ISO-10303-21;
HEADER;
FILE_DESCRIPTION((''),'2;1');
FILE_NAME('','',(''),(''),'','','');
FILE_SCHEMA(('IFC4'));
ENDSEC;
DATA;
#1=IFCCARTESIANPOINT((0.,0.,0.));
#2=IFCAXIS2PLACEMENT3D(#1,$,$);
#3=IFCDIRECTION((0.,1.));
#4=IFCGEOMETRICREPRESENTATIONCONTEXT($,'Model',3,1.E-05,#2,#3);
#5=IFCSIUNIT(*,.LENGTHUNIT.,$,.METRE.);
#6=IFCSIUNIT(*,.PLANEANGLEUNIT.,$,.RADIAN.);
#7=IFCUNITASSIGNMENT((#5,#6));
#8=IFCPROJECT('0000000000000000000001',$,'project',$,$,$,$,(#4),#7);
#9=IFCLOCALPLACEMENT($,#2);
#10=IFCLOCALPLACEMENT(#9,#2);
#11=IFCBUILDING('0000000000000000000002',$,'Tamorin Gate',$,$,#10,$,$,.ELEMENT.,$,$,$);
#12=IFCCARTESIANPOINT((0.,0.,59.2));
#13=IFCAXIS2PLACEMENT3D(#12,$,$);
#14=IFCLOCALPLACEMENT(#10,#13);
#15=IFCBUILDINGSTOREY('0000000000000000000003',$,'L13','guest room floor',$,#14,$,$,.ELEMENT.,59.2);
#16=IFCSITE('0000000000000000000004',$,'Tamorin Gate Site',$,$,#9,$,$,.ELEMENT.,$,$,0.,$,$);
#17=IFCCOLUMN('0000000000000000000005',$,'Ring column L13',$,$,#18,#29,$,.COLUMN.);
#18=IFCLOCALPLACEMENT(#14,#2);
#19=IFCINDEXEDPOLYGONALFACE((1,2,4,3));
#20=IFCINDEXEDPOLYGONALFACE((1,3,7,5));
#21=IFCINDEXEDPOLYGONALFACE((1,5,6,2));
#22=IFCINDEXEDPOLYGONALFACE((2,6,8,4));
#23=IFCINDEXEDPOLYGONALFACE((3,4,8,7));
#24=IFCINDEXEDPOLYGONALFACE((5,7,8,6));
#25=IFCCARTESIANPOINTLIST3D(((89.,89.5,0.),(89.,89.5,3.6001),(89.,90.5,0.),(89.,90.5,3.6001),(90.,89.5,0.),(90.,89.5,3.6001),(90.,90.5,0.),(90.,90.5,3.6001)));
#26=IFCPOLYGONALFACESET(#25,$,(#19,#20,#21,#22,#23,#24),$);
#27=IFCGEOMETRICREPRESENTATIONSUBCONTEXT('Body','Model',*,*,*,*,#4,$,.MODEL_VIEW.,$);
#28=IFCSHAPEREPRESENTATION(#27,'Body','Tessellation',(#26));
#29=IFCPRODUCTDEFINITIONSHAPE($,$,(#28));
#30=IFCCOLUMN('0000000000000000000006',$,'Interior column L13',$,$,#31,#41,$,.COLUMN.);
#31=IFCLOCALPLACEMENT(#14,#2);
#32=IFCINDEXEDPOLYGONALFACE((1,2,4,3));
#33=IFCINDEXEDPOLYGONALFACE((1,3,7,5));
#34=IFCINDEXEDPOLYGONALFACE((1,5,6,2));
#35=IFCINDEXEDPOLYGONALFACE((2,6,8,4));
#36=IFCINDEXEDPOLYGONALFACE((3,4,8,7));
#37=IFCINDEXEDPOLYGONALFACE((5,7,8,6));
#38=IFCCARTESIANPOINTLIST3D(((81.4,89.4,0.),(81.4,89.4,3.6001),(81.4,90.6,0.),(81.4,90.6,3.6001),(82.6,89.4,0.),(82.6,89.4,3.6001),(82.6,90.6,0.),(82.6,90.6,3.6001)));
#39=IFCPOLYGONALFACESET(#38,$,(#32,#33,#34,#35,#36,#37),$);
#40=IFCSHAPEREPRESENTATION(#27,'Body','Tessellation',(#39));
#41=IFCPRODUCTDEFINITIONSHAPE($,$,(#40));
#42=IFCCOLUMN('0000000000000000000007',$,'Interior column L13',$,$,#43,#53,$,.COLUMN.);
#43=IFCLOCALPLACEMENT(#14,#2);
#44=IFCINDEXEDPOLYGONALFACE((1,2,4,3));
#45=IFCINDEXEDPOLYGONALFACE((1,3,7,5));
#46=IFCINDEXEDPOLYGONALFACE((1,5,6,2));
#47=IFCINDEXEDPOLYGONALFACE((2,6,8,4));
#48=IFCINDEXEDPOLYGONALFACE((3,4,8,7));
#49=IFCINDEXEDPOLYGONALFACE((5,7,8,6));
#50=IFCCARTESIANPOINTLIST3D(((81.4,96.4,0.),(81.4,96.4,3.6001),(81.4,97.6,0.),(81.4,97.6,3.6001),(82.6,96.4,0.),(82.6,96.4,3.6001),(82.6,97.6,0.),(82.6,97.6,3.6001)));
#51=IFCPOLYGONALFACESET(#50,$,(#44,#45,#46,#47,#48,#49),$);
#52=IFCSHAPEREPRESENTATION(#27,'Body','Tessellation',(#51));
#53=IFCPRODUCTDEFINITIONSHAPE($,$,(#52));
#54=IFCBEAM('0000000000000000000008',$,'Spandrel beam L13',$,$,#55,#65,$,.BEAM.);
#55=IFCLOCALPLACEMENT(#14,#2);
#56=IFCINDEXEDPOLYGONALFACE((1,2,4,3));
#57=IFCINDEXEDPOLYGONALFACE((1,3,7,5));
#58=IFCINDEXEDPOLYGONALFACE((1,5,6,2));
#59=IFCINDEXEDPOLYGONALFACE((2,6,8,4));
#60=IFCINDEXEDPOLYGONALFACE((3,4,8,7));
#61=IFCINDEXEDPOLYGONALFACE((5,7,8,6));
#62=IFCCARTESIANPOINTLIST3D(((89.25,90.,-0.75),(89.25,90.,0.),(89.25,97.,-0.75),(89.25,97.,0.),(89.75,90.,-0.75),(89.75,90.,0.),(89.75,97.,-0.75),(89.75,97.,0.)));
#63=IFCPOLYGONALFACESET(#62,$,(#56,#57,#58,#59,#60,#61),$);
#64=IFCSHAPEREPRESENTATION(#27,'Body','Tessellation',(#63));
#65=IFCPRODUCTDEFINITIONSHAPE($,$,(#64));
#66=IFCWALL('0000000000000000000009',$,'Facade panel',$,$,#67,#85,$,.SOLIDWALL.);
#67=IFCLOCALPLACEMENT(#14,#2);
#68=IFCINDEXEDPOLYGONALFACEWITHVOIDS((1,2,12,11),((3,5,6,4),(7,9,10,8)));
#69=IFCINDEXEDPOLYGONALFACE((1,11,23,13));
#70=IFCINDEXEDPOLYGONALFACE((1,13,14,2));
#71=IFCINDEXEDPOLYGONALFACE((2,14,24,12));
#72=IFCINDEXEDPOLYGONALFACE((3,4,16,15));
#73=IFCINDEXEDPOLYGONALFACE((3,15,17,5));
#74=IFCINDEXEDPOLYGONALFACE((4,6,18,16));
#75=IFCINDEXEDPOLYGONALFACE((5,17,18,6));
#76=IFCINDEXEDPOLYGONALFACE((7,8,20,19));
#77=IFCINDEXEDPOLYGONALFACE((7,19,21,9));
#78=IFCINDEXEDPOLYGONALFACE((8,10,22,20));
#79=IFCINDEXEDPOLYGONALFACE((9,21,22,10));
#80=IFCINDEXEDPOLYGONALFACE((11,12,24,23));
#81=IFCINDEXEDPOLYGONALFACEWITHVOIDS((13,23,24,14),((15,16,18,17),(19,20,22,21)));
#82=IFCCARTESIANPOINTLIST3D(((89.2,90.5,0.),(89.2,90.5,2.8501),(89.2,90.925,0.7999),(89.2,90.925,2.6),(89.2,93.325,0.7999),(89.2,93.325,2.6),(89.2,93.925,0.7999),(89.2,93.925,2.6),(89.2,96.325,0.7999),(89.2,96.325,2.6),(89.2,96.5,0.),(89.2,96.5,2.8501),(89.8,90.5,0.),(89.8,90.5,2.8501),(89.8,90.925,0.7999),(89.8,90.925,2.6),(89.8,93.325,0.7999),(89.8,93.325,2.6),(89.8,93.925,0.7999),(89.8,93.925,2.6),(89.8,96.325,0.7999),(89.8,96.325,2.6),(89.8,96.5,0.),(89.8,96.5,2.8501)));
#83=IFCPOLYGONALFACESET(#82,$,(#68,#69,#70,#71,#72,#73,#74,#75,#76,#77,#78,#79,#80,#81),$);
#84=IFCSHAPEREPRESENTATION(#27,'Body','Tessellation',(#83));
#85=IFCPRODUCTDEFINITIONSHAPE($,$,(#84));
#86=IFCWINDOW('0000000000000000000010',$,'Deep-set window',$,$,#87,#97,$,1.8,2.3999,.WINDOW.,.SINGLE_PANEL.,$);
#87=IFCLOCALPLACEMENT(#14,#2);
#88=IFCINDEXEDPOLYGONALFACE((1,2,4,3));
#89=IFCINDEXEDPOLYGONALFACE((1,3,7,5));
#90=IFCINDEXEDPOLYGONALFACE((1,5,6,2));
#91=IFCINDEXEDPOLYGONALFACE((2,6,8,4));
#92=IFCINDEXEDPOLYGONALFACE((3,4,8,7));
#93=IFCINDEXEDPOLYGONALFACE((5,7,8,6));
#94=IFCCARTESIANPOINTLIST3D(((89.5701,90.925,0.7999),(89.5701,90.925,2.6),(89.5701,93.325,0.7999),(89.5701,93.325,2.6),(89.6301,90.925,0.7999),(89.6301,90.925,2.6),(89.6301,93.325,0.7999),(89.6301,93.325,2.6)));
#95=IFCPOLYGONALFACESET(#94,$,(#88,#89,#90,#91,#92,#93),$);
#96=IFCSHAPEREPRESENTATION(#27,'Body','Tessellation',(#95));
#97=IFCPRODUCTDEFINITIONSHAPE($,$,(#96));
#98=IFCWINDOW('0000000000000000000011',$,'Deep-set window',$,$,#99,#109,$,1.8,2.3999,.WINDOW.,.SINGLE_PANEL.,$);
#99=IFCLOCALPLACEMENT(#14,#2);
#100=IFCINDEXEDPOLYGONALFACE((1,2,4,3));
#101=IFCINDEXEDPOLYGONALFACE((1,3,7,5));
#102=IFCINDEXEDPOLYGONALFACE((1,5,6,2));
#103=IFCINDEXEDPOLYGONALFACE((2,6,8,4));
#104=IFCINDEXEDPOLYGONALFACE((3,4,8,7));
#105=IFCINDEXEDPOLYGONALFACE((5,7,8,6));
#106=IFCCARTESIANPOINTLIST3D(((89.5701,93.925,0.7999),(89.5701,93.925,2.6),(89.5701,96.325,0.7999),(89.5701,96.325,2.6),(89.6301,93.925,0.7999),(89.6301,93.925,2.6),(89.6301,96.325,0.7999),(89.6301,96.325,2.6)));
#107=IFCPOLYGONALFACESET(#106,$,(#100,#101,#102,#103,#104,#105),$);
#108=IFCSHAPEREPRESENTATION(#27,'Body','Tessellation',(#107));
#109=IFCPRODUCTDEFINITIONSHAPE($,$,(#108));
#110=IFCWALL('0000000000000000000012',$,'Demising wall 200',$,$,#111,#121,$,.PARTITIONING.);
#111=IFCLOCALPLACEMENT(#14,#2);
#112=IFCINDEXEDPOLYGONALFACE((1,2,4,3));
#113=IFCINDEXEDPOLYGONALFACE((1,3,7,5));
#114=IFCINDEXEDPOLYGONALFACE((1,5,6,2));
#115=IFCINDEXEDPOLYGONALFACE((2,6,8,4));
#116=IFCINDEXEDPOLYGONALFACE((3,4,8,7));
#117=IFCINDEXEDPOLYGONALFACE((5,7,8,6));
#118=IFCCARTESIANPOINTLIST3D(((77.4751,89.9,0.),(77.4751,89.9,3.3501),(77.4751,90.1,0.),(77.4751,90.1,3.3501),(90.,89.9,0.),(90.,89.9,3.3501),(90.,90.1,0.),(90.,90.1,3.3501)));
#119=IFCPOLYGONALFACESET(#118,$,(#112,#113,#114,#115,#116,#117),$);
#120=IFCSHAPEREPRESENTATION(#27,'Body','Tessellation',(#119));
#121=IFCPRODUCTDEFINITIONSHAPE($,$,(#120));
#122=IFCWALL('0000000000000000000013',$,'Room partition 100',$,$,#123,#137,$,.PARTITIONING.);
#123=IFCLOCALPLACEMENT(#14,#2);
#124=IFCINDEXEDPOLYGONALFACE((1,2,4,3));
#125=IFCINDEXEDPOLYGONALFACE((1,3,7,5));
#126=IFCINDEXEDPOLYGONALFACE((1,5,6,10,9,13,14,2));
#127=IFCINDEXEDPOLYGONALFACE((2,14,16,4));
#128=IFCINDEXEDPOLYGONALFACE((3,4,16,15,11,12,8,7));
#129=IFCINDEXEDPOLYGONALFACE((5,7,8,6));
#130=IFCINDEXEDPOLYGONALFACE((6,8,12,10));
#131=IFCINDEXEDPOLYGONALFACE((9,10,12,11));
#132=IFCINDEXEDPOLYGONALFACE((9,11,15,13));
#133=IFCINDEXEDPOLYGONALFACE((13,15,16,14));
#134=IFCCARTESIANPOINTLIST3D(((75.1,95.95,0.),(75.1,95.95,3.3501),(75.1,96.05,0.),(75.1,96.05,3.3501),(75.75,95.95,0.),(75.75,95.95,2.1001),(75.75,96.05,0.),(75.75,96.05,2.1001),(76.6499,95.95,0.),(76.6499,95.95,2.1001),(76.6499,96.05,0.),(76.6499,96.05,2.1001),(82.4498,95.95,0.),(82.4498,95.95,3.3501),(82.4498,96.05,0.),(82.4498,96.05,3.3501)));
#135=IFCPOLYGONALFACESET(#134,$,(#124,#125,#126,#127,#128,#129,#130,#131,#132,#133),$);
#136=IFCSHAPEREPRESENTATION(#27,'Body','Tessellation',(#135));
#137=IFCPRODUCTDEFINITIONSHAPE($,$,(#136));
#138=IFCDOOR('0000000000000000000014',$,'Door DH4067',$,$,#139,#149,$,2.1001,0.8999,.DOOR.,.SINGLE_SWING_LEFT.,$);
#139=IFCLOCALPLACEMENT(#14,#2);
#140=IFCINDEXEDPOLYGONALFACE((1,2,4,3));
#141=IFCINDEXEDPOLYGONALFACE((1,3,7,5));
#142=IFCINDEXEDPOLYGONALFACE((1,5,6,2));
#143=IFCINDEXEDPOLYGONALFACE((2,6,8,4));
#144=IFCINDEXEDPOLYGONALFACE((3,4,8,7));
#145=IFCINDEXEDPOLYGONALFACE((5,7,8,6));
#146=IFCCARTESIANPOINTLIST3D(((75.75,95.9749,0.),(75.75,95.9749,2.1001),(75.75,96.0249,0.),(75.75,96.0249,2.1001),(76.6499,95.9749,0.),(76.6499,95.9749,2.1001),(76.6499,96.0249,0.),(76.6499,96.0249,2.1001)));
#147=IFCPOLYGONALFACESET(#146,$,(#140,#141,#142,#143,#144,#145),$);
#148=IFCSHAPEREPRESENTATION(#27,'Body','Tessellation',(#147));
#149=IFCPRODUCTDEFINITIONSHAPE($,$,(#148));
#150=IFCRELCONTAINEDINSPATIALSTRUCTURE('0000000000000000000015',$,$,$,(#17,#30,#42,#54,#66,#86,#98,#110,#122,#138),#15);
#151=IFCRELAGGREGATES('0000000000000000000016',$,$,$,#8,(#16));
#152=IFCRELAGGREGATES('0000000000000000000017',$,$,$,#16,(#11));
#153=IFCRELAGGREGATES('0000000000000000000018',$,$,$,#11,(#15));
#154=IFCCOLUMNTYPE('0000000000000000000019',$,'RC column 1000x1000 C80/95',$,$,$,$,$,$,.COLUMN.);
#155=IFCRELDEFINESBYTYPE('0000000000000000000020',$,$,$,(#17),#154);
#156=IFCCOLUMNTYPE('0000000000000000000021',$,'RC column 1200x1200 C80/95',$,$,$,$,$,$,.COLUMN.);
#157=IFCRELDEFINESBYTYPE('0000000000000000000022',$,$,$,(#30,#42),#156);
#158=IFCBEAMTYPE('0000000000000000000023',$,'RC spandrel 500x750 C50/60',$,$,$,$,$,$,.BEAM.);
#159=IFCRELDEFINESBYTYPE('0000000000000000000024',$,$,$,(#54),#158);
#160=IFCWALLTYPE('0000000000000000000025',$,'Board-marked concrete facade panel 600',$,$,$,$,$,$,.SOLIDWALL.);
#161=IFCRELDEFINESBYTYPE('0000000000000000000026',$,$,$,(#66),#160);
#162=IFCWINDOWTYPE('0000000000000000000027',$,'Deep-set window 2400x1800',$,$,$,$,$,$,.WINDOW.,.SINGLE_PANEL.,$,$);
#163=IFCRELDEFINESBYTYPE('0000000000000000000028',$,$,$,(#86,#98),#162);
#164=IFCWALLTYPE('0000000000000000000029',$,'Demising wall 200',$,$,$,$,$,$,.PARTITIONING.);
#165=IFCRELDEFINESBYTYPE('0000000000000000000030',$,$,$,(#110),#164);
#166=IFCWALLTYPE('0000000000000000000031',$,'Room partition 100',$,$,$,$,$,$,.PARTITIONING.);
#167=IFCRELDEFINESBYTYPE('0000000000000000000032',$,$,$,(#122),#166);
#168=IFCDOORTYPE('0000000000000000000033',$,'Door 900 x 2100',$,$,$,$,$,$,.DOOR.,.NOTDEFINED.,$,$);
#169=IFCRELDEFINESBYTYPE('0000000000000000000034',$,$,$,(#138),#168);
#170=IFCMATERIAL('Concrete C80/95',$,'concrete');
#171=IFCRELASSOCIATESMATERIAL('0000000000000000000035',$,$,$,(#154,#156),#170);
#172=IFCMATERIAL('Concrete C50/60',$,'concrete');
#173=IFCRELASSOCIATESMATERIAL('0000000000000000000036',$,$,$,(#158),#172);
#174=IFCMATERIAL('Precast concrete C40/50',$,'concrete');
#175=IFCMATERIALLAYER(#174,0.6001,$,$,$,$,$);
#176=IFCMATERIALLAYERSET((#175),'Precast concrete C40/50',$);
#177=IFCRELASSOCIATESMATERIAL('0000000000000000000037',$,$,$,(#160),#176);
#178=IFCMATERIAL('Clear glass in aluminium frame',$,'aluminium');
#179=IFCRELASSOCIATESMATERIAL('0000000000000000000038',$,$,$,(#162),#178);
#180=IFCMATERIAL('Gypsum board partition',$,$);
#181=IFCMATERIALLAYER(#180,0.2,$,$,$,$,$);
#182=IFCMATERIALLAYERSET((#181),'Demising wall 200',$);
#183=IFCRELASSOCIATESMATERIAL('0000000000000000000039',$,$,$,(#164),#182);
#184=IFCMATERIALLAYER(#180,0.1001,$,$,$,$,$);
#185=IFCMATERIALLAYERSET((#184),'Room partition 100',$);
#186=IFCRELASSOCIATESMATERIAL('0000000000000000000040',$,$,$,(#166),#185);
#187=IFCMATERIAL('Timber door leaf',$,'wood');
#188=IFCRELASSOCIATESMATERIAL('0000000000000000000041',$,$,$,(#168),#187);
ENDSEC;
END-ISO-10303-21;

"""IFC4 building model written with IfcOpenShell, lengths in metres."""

from ifc_helpers import new_model, si_unit, direction, frame, frame_2d, origin, origin_2d, place, context, subcontext, project, spatial, rectangle, extrude, material, layer, layer_set, material_profile, profile_set, type_object, element, fill, save


model = new_model("IFC4")

# Units and contexts
model_context = context("Model", 3, precision=1e-05, world=origin(), true_north=direction((0.0, 1.0)))
body_context = subcontext(model_context, "Body", "Model", "MODEL_VIEW")
ifc_project = project(units=[si_unit("LENGTHUNIT", "METRE"), si_unit("PLANEANGLEUNIT", "RADIAN")], contexts=[model_context])

# Site, building, storey
site_placement = place(None, origin())
site = spatial("IfcSite", under=ifc_project, at=site_placement, Name="Tamorin Gate Site", CompositionType="ELEMENT", RefElevation=0.0)
building_placement = place(site_placement, origin())
building = spatial("IfcBuilding", under=site, at=building_placement, Name="Tamorin Gate", CompositionType="ELEMENT")
storey_placement = place(building_placement, frame((0.0, 0.0, 59.2)))
storey = spatial("IfcBuildingStorey", under=building, at=storey_placement, Name="L13", Description="guest room floor", CompositionType="ELEMENT", Elevation=59.2)

# Columns
ifc_material_1 = material(Name="Concrete C80/95", Category="concrete")
ifc_material_profile_1 = material_profile(ifc_material_1, rectangle(XDim=1.0, YDim=1.0, at=origin_2d()), Name="RC 1000x1000")
ifc_profile_set_1 = profile_set([ifc_material_profile_1], Name="Concrete C80/95")
column_type_1 = type_object("IfcColumnType", Name="RC column 1000x1000 C80/95", PredefinedType="COLUMN", material=ifc_profile_set_1)
column_placement = place(storey_placement, frame((89.5, 90.0, 0.0), z_axis=(0.0, 0.0, 1.0), x_axis=(1.0, 0.0, 0.0)))
element("IfcColumn", 1, at=column_placement, inside=storey, type_object=column_type_1, Name="Ring column L13", PredefinedType="COLUMN", context=body_context, shape_type="SweptSolid", body=[
    extrude(rectangle(XDim=1.0, YDim=1.0, at=origin_2d()), origin(), (0.0, 0.0, 1.0), 3.6001),
])
ifc_material_profile_2 = material_profile(ifc_material_1, rectangle(XDim=1.2, YDim=1.2, at=origin_2d()), Name="RC 1200x1200")
ifc_profile_set_2 = profile_set([ifc_material_profile_2], Name="Concrete C80/95")
column_type_2 = type_object("IfcColumnType", Name="RC column 1200x1200 C80/95", PredefinedType="COLUMN", material=ifc_profile_set_2)
for number, where, z_axis, x_axis, name in (
    (2, (82.0, 90.0, 0.0), (0.0, 0.0, 1.0), (1.0, 0.0, 0.0), "Interior column L13"),
    (3, (82.0, 97.0, 0.0), (0.0, 0.0, 1.0), (1.0, 0.0, 0.0), "Interior column L13"),
):
    element("IfcColumn", number, at=place(storey_placement, frame(where, z_axis=z_axis, x_axis=x_axis)), inside=storey, type_object=column_type_2, Name=name, PredefinedType="COLUMN", context=body_context, shape_type="SweptSolid", body=[
        extrude(rectangle(XDim=1.2, YDim=1.2, at=origin_2d()), origin(), (0.0, 0.0, 1.0), 3.6001),
    ])

# Beam
ifc_material_2 = material(Name="Concrete C50/60", Category="concrete")
ifc_material_profile_3 = material_profile(ifc_material_2, rectangle(XDim=0.5, YDim=0.75, at=origin_2d()), Name="RC 500x750")
ifc_profile_set_3 = profile_set([ifc_material_profile_3], Name="Concrete C50/60")
beam_type = type_object("IfcBeamType", Name="RC spandrel 500x750 C50/60", PredefinedType="BEAM", material=ifc_profile_set_3)
beam_placement = place(storey_placement, frame((89.5, 90.0, -0.375), z_axis=(0.0, 1.0, 0.0), x_axis=(-1.0, 0.0, 0.0)))
element("IfcBeam", 4, at=beam_placement, inside=storey, type_object=beam_type, Name="Spandrel beam L13", PredefinedType="BEAM", context=body_context, shape_type="SweptSolid", body=[
    extrude(rectangle(XDim=0.5, YDim=0.75, at=origin_2d()), origin(), (0.0, 0.0, 1.0), 7.0),
])

# Wall, openings, windows
ifc_material_3 = material(Name="Precast concrete C40/50", Category="concrete")
ifc_layer_1 = layer(ifc_material_3, 0.6001)
ifc_layer_set_1 = layer_set([ifc_layer_1], Name="Precast concrete C40/50")
wall_type_1 = type_object("IfcWallType", Name="Board-marked concrete facade panel 600", PredefinedType="SOLIDWALL", material=ifc_layer_set_1)
wall_1_placement = place(storey_placement, frame((89.5, 90.5, 0.0), z_axis=(0.0, 0.0, 1.0), x_axis=(0.0, 1.0, 0.0)))
wall_1 = element("IfcWall", 5, at=wall_1_placement, inside=storey, type_object=wall_type_1, Name="Facade panel", PredefinedType="SOLIDWALL", context=body_context, shape_type="SweptSolid", body=[
    extrude(rectangle(XDim=6.0, YDim=0.6001, at=frame_2d((3.0, 0.0))), origin(), (0.0, 0.0, 1.0), 2.8501),
])
opening_1_placement = place(wall_1_placement, frame((0.425, 0.0, 0.8)))
opening_1 = element("IfcOpeningElement", 6, at=opening_1_placement, cuts=wall_1, PredefinedType="OPENING", context=body_context, shape_type="SweptSolid", body=[
    extrude(rectangle(XDim=2.3999, YDim=1.8, at=frame_2d((1.2, 0.8999))), frame((0.0, 0.3101, 0.0), z_axis=(0.0, -1.0, 0.0), x_axis=(1.0, 0.0, 0.0)), (0.0, 0.0, 1.0), 0.6201),
])
opening_2_placement = place(wall_1_placement, frame((3.425, 0.0, 0.8)))
opening_2 = element("IfcOpeningElement", 7, at=opening_2_placement, cuts=wall_1, PredefinedType="OPENING", context=body_context, shape_type="SweptSolid", body=[
    extrude(rectangle(XDim=2.3999, YDim=1.8, at=frame_2d((1.2, 0.8999))), frame((0.0, 0.3101, 0.0), z_axis=(0.0, -1.0, 0.0), x_axis=(1.0, 0.0, 0.0)), (0.0, 0.0, 1.0), 0.6201),
])
ifc_material_4 = material(Name="Clear glass in aluminium frame", Category="aluminium")
window_type = type_object("IfcWindowType", Name="Deep-set window 2400x1800", PartitioningType="SINGLE_PANEL", PredefinedType="WINDOW", material=ifc_material_4)
window_1_placement = place(opening_1_placement, origin())
window_1 = element("IfcWindow", 8, at=window_1_placement, inside=storey, type_object=window_type, Name="Deep-set window", OverallHeight=1.8, OverallWidth=2.3999, PartitioningType="SINGLE_PANEL", PredefinedType="WINDOW", context=body_context, shape_type="SweptSolid", body=[
    extrude(rectangle(XDim=2.3999, YDim=1.8, at=frame_2d((1.2, 0.8999))), frame((0.0, -0.0701, 0.0), z_axis=(0.0, -1.0, 0.0), x_axis=(1.0, 0.0, 0.0)), (0.0, 0.0, 1.0), 0.0601),
])
fill(opening_1, window_1)
window_2_placement = place(opening_2_placement, origin())
window_2 = element("IfcWindow", 9, at=window_2_placement, inside=storey, type_object=window_type, Name="Deep-set window", OverallHeight=1.8, OverallWidth=2.3999, PartitioningType="SINGLE_PANEL", PredefinedType="WINDOW", context=body_context, shape_type="SweptSolid", body=[
    extrude(rectangle(XDim=2.3999, YDim=1.8, at=frame_2d((1.2, 0.8999))), frame((0.0, -0.0701, 0.0), z_axis=(0.0, -1.0, 0.0), x_axis=(1.0, 0.0, 0.0)), (0.0, 0.0, 1.0), 0.0601),
])
fill(opening_2, window_2)

# Wall
ifc_material_5 = material(Name="Gypsum board partition")
ifc_layer_2 = layer(ifc_material_5, 0.2)
ifc_layer_set_2 = layer_set([ifc_layer_2], Name="Demising wall 200")
wall_type_2 = type_object("IfcWallType", Name="Demising wall 200", PredefinedType="PARTITIONING", material=ifc_layer_set_2)
wall_2_placement = place(storey_placement, frame((77.4751, 90.0, 0.0), z_axis=(0.0, 0.0, 1.0), x_axis=(1.0, 0.0, 0.0)))
element("IfcWall", 10, at=wall_2_placement, inside=storey, type_object=wall_type_2, Name="Demising wall 200", PredefinedType="PARTITIONING", context=body_context, shape_type="SweptSolid", body=[
    extrude(rectangle(XDim=12.5249, YDim=0.2, at=frame_2d((6.2625, 0.0))), origin(), (0.0, 0.0, 1.0), 3.3501),
])

# Wall, opening, door
ifc_layer_3 = layer(ifc_material_5, 0.1001)
ifc_layer_set_3 = layer_set([ifc_layer_3], Name="Room partition 100")
wall_type_3 = type_object("IfcWallType", Name="Room partition 100", PredefinedType="PARTITIONING", material=ifc_layer_set_3)
wall_3_placement = place(storey_placement, frame((75.1001, 96.0, 0.0), z_axis=(0.0, 0.0, 1.0), x_axis=(1.0, 0.0, 0.0)))
wall_3 = element("IfcWall", 11, at=wall_3_placement, inside=storey, type_object=wall_type_3, Name="Room partition 100", PredefinedType="PARTITIONING", context=body_context, shape_type="SweptSolid", body=[
    extrude(rectangle(XDim=7.3499, YDim=0.1001, at=frame_2d((3.6748, 0.0))), origin(), (0.0, 0.0, 1.0), 3.3501),
])
opening_3_placement = place(wall_3_placement, frame((0.6499, 0.0, 0.0)))
opening_3 = element("IfcOpeningElement", 12, at=opening_3_placement, cuts=wall_3, PredefinedType="OPENING", context=body_context, shape_type="SweptSolid", body=[
    extrude(rectangle(XDim=0.8999, YDim=2.1001, at=frame_2d((0.45, 1.05))), frame((0.0, 0.0601, 0.0), z_axis=(0.0, -1.0, 0.0), x_axis=(1.0, 0.0, 0.0)), (0.0, 0.0, 1.0), 0.1201),
])
ifc_material_6 = material(Name="Timber door leaf", Category="wood")
door_type = type_object("IfcDoorType", Name="Door 900 x 2100", OperationType="NOTDEFINED", PredefinedType="DOOR", material=ifc_material_6)
door_1_placement = place(opening_3_placement, origin())
door_1 = element("IfcDoor", 13, at=door_1_placement, inside=storey, type_object=door_type, Name="Door DH4067", OperationType="SINGLE_SWING_LEFT", OverallHeight=2.1001, OverallWidth=0.8999, PredefinedType="DOOR", context=body_context, shape_type="SweptSolid", body=[
    extrude(rectangle(XDim=0.8999, YDim=2.1001, at=frame_2d((0.45, 1.05))), frame((0.0, 0.0249, 0.0), z_axis=(0.0, -1.0, 0.0), x_axis=(1.0, 0.0, 0.0)), (0.0, 0.0, 1.0), 0.05),
])
fill(opening_3, door_1)

save(model, "model.ifc")
